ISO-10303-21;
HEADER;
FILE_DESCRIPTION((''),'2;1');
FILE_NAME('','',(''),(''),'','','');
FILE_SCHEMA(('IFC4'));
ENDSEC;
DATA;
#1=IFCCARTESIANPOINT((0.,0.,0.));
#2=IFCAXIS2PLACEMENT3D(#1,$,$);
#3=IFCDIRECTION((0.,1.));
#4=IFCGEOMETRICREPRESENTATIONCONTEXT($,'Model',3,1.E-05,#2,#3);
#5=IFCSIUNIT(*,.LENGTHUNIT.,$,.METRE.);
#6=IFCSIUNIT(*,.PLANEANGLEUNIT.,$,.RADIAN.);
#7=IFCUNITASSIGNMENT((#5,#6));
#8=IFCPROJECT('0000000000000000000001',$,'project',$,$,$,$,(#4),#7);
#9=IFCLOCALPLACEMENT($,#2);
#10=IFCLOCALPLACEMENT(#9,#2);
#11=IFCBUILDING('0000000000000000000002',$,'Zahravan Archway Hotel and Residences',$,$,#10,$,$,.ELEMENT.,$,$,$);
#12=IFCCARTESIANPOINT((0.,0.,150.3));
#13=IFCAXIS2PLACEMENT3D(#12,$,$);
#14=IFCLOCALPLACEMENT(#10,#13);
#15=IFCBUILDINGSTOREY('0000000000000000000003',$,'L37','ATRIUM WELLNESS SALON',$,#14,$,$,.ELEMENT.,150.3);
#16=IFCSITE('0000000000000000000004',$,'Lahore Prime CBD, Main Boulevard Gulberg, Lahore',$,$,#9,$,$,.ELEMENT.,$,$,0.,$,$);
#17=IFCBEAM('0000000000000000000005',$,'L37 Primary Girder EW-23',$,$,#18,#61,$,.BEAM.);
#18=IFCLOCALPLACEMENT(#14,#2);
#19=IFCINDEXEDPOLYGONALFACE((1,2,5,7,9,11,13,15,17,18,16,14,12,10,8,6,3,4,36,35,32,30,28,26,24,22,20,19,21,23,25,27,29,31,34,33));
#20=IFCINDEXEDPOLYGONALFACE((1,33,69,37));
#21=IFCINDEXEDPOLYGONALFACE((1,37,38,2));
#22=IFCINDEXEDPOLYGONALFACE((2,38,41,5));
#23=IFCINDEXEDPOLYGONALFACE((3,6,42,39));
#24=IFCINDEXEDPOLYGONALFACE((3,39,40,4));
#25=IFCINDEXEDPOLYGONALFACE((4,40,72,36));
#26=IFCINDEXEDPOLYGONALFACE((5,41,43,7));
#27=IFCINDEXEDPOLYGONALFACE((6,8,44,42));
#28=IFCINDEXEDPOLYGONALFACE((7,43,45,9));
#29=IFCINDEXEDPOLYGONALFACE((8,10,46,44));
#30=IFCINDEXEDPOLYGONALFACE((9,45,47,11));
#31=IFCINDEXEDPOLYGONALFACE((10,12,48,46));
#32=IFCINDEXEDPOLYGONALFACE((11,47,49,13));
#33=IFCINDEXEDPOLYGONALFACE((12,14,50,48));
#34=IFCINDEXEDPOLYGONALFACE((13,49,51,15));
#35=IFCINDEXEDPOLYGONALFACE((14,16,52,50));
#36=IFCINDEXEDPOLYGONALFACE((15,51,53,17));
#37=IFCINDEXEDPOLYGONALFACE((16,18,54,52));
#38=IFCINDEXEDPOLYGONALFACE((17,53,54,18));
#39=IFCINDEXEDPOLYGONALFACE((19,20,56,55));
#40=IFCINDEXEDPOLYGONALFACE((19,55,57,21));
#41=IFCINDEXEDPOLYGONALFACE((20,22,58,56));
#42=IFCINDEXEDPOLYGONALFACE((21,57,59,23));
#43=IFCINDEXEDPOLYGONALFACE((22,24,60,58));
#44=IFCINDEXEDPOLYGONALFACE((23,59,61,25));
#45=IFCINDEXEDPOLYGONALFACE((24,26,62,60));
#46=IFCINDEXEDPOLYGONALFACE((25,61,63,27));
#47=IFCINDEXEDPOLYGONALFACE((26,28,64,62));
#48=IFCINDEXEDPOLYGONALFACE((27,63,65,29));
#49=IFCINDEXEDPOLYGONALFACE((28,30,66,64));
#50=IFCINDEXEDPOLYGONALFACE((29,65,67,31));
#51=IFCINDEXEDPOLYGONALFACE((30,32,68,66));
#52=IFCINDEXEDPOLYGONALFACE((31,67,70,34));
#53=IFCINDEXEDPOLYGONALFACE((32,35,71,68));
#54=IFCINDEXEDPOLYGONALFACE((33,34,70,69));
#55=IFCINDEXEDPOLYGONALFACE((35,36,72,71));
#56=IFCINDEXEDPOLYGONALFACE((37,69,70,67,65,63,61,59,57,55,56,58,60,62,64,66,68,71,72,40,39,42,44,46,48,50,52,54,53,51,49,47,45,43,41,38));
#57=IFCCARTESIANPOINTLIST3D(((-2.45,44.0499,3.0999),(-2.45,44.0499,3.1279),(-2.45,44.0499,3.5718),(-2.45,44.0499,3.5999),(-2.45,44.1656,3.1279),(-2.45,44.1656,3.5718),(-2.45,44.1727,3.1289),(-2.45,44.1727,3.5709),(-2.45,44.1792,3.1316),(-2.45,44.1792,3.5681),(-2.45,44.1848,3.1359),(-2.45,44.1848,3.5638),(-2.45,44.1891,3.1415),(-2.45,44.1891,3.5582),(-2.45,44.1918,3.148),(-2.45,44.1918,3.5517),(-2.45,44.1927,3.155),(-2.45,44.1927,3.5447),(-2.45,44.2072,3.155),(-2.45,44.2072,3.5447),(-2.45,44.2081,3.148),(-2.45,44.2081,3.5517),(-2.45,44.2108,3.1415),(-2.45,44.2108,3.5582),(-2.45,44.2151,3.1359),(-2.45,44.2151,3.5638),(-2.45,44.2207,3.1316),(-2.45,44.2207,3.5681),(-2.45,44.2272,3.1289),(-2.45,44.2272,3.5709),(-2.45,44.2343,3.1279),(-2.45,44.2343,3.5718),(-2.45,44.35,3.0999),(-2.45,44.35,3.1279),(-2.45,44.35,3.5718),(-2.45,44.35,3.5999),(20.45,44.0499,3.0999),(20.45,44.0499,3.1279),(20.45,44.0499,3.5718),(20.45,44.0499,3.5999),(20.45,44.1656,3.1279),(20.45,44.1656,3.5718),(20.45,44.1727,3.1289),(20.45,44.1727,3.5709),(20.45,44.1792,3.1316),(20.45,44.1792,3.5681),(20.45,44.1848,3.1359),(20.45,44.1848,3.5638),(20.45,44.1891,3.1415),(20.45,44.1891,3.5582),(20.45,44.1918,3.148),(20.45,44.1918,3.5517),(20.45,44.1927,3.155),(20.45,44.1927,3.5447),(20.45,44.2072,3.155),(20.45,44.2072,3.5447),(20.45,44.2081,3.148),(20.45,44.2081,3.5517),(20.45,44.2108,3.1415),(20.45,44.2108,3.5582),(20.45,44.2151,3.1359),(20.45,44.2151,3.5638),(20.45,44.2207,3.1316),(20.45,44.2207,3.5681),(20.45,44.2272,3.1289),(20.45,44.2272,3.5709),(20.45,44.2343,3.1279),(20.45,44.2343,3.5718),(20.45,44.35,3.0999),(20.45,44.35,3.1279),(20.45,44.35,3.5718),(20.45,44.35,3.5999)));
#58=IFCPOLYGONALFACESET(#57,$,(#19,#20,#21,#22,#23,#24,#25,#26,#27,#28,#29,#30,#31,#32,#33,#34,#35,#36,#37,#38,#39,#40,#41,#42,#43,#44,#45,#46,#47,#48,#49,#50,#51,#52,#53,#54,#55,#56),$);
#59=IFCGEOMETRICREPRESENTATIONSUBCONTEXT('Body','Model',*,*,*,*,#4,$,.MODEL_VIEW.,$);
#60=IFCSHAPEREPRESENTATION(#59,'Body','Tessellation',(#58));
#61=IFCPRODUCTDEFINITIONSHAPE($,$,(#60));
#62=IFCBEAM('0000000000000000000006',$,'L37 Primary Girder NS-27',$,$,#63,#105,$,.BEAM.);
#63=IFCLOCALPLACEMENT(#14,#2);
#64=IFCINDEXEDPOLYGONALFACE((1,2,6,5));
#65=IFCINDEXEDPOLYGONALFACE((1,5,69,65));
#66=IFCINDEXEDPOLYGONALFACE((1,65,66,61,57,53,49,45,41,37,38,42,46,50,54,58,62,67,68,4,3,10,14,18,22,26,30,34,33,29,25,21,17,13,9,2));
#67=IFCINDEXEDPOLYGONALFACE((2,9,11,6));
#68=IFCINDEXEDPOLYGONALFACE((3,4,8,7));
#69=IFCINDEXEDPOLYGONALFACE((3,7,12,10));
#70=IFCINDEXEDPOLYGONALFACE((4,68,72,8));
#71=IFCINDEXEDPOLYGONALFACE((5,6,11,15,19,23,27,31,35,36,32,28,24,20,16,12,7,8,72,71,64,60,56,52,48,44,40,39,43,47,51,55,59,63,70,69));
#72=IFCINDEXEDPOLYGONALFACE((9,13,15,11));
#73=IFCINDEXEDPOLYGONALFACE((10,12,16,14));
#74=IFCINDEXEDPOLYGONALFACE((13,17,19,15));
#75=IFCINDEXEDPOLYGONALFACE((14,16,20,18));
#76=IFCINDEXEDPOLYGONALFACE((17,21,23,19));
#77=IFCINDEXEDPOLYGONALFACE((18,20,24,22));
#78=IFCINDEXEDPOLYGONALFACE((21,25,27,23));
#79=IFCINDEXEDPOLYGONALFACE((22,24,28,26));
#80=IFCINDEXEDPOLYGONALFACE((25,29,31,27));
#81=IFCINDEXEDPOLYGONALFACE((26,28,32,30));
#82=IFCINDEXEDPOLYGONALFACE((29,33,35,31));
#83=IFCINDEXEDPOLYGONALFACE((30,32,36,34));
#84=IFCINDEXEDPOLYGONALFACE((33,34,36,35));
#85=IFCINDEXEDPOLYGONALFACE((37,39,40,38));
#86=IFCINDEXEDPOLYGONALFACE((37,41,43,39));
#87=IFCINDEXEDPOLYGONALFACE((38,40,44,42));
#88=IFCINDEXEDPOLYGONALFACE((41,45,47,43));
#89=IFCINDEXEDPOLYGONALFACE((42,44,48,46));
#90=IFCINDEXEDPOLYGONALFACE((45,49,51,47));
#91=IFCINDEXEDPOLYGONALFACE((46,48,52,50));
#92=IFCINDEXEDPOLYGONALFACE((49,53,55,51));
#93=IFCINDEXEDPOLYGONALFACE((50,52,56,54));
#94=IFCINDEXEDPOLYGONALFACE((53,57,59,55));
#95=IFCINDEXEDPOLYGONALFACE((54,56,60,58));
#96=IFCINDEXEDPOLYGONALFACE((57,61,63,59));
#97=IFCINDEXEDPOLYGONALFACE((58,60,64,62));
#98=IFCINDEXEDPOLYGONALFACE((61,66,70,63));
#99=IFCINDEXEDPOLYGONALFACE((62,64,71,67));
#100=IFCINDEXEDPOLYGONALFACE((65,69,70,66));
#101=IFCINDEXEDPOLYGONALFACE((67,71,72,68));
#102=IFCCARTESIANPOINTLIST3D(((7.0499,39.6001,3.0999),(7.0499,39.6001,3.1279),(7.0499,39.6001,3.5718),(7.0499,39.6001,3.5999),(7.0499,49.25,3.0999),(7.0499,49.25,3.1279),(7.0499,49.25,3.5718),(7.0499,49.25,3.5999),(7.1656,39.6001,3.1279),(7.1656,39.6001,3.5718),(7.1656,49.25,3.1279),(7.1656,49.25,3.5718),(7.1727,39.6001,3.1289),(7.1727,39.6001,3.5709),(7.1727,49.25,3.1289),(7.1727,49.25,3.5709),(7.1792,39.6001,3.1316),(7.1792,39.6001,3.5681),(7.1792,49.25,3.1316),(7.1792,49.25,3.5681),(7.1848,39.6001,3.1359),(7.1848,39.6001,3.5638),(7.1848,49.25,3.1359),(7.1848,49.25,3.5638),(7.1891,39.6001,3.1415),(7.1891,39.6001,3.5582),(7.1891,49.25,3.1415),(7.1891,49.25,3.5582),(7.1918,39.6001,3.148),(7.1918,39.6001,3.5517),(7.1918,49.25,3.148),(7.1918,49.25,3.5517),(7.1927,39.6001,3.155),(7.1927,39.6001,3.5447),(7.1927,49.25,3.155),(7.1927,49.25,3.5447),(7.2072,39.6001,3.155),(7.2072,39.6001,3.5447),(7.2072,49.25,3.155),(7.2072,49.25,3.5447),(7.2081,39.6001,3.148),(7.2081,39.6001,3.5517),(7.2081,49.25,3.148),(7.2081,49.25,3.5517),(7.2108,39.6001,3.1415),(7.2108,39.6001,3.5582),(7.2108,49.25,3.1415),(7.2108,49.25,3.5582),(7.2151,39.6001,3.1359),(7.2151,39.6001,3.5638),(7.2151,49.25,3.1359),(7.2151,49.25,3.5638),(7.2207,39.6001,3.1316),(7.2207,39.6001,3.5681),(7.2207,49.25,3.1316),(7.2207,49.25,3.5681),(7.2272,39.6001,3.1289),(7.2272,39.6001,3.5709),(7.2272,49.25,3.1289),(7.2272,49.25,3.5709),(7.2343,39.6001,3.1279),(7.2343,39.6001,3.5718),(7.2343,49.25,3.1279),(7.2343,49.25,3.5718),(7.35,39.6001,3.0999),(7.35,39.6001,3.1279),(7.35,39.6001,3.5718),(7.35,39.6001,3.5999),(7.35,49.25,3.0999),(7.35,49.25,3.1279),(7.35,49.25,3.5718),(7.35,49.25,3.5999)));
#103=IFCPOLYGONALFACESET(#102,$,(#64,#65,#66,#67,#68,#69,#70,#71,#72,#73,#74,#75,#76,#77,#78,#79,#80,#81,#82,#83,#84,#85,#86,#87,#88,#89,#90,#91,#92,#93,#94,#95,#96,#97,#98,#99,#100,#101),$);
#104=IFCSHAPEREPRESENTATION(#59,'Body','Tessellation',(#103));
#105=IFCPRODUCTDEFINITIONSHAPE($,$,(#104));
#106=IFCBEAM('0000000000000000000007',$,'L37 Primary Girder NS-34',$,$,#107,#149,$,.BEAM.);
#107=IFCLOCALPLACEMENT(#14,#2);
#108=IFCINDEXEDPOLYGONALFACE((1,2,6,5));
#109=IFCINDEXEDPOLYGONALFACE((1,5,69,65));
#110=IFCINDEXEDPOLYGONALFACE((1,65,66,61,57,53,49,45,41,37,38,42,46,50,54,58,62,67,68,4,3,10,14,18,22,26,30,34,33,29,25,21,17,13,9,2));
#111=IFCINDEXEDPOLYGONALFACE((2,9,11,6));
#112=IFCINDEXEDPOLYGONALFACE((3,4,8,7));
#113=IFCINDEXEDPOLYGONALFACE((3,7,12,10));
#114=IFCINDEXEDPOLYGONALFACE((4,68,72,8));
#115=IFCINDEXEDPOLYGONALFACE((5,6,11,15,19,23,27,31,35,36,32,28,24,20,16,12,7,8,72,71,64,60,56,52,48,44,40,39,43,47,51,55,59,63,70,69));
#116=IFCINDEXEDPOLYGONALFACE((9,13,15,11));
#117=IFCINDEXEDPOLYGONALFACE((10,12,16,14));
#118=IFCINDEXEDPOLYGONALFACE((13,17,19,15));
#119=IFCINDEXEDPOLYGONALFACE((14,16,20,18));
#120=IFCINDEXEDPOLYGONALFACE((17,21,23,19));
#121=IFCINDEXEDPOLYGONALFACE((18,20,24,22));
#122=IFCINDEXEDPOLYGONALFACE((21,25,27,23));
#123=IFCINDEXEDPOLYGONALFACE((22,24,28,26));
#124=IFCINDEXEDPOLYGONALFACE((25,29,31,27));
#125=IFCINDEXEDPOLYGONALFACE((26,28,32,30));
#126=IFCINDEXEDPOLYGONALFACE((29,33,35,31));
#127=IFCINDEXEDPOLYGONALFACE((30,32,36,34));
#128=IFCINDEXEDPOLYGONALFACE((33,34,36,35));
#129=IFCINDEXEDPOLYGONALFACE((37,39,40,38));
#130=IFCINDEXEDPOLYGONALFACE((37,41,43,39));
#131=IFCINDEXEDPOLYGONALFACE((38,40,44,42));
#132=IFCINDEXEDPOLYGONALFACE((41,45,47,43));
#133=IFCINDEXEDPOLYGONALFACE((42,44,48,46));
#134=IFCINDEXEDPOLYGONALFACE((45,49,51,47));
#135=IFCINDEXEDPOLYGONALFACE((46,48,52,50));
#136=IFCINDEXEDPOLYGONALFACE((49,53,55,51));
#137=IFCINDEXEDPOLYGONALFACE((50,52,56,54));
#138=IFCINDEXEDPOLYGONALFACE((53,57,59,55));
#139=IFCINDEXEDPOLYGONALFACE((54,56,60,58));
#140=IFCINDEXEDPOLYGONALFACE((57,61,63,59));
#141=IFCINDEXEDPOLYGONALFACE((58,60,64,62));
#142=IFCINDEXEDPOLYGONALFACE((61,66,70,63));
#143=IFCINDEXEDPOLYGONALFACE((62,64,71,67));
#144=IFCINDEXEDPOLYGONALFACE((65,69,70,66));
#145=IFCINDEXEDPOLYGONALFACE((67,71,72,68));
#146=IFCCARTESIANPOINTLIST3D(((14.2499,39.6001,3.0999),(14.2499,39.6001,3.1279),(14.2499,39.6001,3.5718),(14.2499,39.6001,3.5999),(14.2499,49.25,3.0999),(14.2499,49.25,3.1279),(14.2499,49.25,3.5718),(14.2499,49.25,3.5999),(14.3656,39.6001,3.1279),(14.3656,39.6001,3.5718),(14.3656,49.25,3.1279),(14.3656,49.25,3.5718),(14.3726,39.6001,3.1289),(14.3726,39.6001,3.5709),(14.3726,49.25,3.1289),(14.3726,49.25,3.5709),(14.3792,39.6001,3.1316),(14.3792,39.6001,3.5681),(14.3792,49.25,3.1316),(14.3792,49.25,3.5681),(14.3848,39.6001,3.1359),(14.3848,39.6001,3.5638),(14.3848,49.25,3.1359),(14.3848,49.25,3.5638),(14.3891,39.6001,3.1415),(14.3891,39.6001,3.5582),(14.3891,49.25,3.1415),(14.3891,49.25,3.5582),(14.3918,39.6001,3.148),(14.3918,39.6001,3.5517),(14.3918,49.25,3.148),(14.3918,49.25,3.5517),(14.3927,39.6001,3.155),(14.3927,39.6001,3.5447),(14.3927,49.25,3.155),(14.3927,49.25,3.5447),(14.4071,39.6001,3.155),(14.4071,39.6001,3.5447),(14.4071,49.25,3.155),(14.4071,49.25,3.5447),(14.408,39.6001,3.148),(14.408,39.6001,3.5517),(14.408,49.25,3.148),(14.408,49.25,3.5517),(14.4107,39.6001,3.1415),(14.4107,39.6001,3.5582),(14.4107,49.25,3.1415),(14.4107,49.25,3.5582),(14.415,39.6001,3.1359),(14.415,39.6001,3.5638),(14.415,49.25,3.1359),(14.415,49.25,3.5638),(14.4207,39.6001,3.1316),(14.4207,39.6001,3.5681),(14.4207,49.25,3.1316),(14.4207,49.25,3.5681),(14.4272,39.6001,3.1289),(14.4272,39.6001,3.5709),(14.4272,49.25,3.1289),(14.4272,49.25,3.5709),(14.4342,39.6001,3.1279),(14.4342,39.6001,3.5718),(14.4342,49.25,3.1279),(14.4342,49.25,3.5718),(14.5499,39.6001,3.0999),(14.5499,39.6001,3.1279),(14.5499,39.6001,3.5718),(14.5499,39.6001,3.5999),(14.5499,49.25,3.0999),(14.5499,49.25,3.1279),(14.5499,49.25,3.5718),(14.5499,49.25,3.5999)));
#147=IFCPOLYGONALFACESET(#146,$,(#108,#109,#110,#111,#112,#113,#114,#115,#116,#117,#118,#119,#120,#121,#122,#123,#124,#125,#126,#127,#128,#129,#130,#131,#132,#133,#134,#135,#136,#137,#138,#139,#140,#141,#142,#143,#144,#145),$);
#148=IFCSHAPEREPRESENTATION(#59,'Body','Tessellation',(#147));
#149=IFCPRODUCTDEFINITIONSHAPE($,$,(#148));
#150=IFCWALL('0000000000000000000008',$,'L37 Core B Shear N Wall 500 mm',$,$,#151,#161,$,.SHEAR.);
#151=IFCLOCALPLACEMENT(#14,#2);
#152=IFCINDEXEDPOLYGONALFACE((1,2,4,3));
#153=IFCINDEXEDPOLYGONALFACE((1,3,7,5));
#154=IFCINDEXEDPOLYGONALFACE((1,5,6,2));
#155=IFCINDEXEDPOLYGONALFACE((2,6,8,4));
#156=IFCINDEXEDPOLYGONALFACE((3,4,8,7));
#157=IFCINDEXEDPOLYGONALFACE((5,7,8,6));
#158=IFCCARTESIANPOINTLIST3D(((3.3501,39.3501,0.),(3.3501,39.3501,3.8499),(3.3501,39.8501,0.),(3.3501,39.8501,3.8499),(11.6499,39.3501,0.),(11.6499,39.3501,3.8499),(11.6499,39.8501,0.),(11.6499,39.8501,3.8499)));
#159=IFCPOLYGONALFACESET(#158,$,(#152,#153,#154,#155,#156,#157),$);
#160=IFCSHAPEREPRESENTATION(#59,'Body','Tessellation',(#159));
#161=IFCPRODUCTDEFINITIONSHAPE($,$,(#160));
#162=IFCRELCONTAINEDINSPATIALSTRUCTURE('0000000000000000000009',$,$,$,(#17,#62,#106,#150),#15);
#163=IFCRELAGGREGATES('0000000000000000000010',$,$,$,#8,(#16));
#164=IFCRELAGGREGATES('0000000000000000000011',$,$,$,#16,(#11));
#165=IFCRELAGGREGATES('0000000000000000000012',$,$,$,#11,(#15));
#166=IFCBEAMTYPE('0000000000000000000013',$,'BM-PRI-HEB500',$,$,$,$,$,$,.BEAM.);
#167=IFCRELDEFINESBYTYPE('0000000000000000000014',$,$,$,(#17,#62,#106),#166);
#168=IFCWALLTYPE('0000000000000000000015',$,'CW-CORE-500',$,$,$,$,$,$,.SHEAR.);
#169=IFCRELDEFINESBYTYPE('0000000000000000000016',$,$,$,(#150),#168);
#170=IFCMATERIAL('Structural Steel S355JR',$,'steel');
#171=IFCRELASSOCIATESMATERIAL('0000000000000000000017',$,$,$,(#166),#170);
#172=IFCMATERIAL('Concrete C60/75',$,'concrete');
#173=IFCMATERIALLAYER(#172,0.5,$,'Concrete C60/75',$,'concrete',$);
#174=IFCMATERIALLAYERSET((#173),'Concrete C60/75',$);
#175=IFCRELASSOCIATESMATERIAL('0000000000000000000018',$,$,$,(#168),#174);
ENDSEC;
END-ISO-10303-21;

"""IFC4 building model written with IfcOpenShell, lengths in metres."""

from ifc_helpers import new_model, si_unit, direction, frame, frame_2d, origin, origin_2d, place, context, subcontext, project, spatial, rectangle, i_section, extrude, source, transform, mapped, material, layer, layer_set, material_profile, profile_set, type_object, element, save


model = new_model("IFC4")

# Units and contexts
model_context = context("Model", 3, precision=1e-05, world=origin(), true_north=direction((0.0, 1.0)))
body_context = subcontext(model_context, "Body", "Model", "MODEL_VIEW")
ifc_project = project(units=[si_unit("LENGTHUNIT", "METRE"), si_unit("PLANEANGLEUNIT", "RADIAN")], contexts=[model_context])

# Site, building, storey
site_placement = place(None, origin())
site = spatial("IfcSite", under=ifc_project, at=site_placement, Name="Lahore Prime CBD, Main Boulevard Gulberg, Lahore", CompositionType="ELEMENT", RefElevation=0.0)
building_placement = place(site_placement, origin())
building = spatial("IfcBuilding", under=site, at=building_placement, Name="Zahravan Archway Hotel and Residences", CompositionType="ELEMENT")
storey_placement = place(building_placement, frame((0.0, 0.0, 150.3)))
storey = spatial("IfcBuildingStorey", under=building, at=storey_placement, Name="L37", Description="ATRIUM WELLNESS SALON", CompositionType="ELEMENT", Elevation=150.3)

# Shared definitions
ifc_material_1 = material(Name="Concrete C60/75", Category="concrete")

# Beams
ifc_material_2 = material(Name="Structural Steel S355JR", Category="steel")
ifc_material_profile_1 = material_profile(ifc_material_2, i_section(OverallWidth=0.3, OverallDepth=0.5, WebThickness=0.0144, FlangeThickness=0.0281, FilletRadius=0.0271, at=origin_2d()), Name="HEB 500", Category="steel")
ifc_profile_set_1 = profile_set([ifc_material_profile_1], Name="Structural Steel S355JR")
beam_type_1 = type_object("IfcBeamType", Name="BM-PRI-HEB500", PredefinedType="BEAM", material=ifc_profile_set_1)
shared_shape_1 = source(origin(), body_context, "Body", "SweptSolid", [
    extrude(i_section(OverallWidth=0.3, OverallDepth=0.5, WebThickness=0.0144, FlangeThickness=0.0281, FilletRadius=0.0271, at=origin_2d()), origin(), (0.0, 0.0, 1.0), 22.8999),
])
for number, where, z_axis, x_axis, name in (
    (1, (-2.45, 44.2, 3.3499), (1.0, 0.0, 0.0), (0.0, 1.0, 0.0), "L37 Primary Girder EW-23"),
):
    element("IfcBeam", number, at=place(storey_placement, frame(where, z_axis=z_axis, x_axis=x_axis)), inside=storey, type_object=beam_type_1, Name=name, PredefinedType="BEAM", context=body_context, shape_type="MappedRepresentation", body=[
        mapped(shared_shape_1, transform((0.0, 0.0, 0.0), scale=1.0)),
    ])
shared_shape_2 = source(origin(), body_context, "Body", "SweptSolid", [
    extrude(i_section(OverallWidth=0.3, OverallDepth=0.5, WebThickness=0.0144, FlangeThickness=0.0281, FilletRadius=0.0271, at=origin_2d()), origin(), (0.0, 0.0, 1.0), 9.6499),
])
for number, where, z_axis, x_axis, name in (
    (2, (7.2, 39.6001, 3.3499), (0.0, 1.0, 0.0), (-1.0, 0.0, 0.0), "L37 Primary Girder NS-27"),
    (3, (14.3999, 39.6001, 3.3499), (0.0, 1.0, 0.0), (-1.0, 0.0, 0.0), "L37 Primary Girder NS-34"),
):
    element("IfcBeam", number, at=place(storey_placement, frame(where, z_axis=z_axis, x_axis=x_axis)), inside=storey, type_object=beam_type_1, Name=name, PredefinedType="BEAM", context=body_context, shape_type="MappedRepresentation", body=[
        mapped(shared_shape_2, transform((0.0, 0.0, 0.0), scale=1.0)),
    ])

# Wall
ifc_layer_1 = layer(ifc_material_1, 0.5, Name="Concrete C60/75", Category="concrete")
ifc_layer_set_1 = layer_set([ifc_layer_1], Name="Concrete C60/75")
wall_type_1 = type_object("IfcWallType", Name="CW-CORE-500", PredefinedType="SHEAR", material=ifc_layer_set_1)
wall_1_placement = place(storey_placement, frame((3.3501, 39.6001, 0.0), z_axis=(0.0, 0.0, 1.0), x_axis=(1.0, 0.0, 0.0)))
element("IfcWall", 4, at=wall_1_placement, inside=storey, type_object=wall_type_1, Name="L37 Core B Shear N Wall 500 mm", PredefinedType="SHEAR", context=body_context, shape_type="SweptSolid", body=[
    extrude(rectangle(XDim=8.2998, YDim=0.5, at=frame_2d((4.1499, 0.0))), origin(), (0.0, 0.0, 1.0), 3.8499),
])

save(model, "model.ifc")
